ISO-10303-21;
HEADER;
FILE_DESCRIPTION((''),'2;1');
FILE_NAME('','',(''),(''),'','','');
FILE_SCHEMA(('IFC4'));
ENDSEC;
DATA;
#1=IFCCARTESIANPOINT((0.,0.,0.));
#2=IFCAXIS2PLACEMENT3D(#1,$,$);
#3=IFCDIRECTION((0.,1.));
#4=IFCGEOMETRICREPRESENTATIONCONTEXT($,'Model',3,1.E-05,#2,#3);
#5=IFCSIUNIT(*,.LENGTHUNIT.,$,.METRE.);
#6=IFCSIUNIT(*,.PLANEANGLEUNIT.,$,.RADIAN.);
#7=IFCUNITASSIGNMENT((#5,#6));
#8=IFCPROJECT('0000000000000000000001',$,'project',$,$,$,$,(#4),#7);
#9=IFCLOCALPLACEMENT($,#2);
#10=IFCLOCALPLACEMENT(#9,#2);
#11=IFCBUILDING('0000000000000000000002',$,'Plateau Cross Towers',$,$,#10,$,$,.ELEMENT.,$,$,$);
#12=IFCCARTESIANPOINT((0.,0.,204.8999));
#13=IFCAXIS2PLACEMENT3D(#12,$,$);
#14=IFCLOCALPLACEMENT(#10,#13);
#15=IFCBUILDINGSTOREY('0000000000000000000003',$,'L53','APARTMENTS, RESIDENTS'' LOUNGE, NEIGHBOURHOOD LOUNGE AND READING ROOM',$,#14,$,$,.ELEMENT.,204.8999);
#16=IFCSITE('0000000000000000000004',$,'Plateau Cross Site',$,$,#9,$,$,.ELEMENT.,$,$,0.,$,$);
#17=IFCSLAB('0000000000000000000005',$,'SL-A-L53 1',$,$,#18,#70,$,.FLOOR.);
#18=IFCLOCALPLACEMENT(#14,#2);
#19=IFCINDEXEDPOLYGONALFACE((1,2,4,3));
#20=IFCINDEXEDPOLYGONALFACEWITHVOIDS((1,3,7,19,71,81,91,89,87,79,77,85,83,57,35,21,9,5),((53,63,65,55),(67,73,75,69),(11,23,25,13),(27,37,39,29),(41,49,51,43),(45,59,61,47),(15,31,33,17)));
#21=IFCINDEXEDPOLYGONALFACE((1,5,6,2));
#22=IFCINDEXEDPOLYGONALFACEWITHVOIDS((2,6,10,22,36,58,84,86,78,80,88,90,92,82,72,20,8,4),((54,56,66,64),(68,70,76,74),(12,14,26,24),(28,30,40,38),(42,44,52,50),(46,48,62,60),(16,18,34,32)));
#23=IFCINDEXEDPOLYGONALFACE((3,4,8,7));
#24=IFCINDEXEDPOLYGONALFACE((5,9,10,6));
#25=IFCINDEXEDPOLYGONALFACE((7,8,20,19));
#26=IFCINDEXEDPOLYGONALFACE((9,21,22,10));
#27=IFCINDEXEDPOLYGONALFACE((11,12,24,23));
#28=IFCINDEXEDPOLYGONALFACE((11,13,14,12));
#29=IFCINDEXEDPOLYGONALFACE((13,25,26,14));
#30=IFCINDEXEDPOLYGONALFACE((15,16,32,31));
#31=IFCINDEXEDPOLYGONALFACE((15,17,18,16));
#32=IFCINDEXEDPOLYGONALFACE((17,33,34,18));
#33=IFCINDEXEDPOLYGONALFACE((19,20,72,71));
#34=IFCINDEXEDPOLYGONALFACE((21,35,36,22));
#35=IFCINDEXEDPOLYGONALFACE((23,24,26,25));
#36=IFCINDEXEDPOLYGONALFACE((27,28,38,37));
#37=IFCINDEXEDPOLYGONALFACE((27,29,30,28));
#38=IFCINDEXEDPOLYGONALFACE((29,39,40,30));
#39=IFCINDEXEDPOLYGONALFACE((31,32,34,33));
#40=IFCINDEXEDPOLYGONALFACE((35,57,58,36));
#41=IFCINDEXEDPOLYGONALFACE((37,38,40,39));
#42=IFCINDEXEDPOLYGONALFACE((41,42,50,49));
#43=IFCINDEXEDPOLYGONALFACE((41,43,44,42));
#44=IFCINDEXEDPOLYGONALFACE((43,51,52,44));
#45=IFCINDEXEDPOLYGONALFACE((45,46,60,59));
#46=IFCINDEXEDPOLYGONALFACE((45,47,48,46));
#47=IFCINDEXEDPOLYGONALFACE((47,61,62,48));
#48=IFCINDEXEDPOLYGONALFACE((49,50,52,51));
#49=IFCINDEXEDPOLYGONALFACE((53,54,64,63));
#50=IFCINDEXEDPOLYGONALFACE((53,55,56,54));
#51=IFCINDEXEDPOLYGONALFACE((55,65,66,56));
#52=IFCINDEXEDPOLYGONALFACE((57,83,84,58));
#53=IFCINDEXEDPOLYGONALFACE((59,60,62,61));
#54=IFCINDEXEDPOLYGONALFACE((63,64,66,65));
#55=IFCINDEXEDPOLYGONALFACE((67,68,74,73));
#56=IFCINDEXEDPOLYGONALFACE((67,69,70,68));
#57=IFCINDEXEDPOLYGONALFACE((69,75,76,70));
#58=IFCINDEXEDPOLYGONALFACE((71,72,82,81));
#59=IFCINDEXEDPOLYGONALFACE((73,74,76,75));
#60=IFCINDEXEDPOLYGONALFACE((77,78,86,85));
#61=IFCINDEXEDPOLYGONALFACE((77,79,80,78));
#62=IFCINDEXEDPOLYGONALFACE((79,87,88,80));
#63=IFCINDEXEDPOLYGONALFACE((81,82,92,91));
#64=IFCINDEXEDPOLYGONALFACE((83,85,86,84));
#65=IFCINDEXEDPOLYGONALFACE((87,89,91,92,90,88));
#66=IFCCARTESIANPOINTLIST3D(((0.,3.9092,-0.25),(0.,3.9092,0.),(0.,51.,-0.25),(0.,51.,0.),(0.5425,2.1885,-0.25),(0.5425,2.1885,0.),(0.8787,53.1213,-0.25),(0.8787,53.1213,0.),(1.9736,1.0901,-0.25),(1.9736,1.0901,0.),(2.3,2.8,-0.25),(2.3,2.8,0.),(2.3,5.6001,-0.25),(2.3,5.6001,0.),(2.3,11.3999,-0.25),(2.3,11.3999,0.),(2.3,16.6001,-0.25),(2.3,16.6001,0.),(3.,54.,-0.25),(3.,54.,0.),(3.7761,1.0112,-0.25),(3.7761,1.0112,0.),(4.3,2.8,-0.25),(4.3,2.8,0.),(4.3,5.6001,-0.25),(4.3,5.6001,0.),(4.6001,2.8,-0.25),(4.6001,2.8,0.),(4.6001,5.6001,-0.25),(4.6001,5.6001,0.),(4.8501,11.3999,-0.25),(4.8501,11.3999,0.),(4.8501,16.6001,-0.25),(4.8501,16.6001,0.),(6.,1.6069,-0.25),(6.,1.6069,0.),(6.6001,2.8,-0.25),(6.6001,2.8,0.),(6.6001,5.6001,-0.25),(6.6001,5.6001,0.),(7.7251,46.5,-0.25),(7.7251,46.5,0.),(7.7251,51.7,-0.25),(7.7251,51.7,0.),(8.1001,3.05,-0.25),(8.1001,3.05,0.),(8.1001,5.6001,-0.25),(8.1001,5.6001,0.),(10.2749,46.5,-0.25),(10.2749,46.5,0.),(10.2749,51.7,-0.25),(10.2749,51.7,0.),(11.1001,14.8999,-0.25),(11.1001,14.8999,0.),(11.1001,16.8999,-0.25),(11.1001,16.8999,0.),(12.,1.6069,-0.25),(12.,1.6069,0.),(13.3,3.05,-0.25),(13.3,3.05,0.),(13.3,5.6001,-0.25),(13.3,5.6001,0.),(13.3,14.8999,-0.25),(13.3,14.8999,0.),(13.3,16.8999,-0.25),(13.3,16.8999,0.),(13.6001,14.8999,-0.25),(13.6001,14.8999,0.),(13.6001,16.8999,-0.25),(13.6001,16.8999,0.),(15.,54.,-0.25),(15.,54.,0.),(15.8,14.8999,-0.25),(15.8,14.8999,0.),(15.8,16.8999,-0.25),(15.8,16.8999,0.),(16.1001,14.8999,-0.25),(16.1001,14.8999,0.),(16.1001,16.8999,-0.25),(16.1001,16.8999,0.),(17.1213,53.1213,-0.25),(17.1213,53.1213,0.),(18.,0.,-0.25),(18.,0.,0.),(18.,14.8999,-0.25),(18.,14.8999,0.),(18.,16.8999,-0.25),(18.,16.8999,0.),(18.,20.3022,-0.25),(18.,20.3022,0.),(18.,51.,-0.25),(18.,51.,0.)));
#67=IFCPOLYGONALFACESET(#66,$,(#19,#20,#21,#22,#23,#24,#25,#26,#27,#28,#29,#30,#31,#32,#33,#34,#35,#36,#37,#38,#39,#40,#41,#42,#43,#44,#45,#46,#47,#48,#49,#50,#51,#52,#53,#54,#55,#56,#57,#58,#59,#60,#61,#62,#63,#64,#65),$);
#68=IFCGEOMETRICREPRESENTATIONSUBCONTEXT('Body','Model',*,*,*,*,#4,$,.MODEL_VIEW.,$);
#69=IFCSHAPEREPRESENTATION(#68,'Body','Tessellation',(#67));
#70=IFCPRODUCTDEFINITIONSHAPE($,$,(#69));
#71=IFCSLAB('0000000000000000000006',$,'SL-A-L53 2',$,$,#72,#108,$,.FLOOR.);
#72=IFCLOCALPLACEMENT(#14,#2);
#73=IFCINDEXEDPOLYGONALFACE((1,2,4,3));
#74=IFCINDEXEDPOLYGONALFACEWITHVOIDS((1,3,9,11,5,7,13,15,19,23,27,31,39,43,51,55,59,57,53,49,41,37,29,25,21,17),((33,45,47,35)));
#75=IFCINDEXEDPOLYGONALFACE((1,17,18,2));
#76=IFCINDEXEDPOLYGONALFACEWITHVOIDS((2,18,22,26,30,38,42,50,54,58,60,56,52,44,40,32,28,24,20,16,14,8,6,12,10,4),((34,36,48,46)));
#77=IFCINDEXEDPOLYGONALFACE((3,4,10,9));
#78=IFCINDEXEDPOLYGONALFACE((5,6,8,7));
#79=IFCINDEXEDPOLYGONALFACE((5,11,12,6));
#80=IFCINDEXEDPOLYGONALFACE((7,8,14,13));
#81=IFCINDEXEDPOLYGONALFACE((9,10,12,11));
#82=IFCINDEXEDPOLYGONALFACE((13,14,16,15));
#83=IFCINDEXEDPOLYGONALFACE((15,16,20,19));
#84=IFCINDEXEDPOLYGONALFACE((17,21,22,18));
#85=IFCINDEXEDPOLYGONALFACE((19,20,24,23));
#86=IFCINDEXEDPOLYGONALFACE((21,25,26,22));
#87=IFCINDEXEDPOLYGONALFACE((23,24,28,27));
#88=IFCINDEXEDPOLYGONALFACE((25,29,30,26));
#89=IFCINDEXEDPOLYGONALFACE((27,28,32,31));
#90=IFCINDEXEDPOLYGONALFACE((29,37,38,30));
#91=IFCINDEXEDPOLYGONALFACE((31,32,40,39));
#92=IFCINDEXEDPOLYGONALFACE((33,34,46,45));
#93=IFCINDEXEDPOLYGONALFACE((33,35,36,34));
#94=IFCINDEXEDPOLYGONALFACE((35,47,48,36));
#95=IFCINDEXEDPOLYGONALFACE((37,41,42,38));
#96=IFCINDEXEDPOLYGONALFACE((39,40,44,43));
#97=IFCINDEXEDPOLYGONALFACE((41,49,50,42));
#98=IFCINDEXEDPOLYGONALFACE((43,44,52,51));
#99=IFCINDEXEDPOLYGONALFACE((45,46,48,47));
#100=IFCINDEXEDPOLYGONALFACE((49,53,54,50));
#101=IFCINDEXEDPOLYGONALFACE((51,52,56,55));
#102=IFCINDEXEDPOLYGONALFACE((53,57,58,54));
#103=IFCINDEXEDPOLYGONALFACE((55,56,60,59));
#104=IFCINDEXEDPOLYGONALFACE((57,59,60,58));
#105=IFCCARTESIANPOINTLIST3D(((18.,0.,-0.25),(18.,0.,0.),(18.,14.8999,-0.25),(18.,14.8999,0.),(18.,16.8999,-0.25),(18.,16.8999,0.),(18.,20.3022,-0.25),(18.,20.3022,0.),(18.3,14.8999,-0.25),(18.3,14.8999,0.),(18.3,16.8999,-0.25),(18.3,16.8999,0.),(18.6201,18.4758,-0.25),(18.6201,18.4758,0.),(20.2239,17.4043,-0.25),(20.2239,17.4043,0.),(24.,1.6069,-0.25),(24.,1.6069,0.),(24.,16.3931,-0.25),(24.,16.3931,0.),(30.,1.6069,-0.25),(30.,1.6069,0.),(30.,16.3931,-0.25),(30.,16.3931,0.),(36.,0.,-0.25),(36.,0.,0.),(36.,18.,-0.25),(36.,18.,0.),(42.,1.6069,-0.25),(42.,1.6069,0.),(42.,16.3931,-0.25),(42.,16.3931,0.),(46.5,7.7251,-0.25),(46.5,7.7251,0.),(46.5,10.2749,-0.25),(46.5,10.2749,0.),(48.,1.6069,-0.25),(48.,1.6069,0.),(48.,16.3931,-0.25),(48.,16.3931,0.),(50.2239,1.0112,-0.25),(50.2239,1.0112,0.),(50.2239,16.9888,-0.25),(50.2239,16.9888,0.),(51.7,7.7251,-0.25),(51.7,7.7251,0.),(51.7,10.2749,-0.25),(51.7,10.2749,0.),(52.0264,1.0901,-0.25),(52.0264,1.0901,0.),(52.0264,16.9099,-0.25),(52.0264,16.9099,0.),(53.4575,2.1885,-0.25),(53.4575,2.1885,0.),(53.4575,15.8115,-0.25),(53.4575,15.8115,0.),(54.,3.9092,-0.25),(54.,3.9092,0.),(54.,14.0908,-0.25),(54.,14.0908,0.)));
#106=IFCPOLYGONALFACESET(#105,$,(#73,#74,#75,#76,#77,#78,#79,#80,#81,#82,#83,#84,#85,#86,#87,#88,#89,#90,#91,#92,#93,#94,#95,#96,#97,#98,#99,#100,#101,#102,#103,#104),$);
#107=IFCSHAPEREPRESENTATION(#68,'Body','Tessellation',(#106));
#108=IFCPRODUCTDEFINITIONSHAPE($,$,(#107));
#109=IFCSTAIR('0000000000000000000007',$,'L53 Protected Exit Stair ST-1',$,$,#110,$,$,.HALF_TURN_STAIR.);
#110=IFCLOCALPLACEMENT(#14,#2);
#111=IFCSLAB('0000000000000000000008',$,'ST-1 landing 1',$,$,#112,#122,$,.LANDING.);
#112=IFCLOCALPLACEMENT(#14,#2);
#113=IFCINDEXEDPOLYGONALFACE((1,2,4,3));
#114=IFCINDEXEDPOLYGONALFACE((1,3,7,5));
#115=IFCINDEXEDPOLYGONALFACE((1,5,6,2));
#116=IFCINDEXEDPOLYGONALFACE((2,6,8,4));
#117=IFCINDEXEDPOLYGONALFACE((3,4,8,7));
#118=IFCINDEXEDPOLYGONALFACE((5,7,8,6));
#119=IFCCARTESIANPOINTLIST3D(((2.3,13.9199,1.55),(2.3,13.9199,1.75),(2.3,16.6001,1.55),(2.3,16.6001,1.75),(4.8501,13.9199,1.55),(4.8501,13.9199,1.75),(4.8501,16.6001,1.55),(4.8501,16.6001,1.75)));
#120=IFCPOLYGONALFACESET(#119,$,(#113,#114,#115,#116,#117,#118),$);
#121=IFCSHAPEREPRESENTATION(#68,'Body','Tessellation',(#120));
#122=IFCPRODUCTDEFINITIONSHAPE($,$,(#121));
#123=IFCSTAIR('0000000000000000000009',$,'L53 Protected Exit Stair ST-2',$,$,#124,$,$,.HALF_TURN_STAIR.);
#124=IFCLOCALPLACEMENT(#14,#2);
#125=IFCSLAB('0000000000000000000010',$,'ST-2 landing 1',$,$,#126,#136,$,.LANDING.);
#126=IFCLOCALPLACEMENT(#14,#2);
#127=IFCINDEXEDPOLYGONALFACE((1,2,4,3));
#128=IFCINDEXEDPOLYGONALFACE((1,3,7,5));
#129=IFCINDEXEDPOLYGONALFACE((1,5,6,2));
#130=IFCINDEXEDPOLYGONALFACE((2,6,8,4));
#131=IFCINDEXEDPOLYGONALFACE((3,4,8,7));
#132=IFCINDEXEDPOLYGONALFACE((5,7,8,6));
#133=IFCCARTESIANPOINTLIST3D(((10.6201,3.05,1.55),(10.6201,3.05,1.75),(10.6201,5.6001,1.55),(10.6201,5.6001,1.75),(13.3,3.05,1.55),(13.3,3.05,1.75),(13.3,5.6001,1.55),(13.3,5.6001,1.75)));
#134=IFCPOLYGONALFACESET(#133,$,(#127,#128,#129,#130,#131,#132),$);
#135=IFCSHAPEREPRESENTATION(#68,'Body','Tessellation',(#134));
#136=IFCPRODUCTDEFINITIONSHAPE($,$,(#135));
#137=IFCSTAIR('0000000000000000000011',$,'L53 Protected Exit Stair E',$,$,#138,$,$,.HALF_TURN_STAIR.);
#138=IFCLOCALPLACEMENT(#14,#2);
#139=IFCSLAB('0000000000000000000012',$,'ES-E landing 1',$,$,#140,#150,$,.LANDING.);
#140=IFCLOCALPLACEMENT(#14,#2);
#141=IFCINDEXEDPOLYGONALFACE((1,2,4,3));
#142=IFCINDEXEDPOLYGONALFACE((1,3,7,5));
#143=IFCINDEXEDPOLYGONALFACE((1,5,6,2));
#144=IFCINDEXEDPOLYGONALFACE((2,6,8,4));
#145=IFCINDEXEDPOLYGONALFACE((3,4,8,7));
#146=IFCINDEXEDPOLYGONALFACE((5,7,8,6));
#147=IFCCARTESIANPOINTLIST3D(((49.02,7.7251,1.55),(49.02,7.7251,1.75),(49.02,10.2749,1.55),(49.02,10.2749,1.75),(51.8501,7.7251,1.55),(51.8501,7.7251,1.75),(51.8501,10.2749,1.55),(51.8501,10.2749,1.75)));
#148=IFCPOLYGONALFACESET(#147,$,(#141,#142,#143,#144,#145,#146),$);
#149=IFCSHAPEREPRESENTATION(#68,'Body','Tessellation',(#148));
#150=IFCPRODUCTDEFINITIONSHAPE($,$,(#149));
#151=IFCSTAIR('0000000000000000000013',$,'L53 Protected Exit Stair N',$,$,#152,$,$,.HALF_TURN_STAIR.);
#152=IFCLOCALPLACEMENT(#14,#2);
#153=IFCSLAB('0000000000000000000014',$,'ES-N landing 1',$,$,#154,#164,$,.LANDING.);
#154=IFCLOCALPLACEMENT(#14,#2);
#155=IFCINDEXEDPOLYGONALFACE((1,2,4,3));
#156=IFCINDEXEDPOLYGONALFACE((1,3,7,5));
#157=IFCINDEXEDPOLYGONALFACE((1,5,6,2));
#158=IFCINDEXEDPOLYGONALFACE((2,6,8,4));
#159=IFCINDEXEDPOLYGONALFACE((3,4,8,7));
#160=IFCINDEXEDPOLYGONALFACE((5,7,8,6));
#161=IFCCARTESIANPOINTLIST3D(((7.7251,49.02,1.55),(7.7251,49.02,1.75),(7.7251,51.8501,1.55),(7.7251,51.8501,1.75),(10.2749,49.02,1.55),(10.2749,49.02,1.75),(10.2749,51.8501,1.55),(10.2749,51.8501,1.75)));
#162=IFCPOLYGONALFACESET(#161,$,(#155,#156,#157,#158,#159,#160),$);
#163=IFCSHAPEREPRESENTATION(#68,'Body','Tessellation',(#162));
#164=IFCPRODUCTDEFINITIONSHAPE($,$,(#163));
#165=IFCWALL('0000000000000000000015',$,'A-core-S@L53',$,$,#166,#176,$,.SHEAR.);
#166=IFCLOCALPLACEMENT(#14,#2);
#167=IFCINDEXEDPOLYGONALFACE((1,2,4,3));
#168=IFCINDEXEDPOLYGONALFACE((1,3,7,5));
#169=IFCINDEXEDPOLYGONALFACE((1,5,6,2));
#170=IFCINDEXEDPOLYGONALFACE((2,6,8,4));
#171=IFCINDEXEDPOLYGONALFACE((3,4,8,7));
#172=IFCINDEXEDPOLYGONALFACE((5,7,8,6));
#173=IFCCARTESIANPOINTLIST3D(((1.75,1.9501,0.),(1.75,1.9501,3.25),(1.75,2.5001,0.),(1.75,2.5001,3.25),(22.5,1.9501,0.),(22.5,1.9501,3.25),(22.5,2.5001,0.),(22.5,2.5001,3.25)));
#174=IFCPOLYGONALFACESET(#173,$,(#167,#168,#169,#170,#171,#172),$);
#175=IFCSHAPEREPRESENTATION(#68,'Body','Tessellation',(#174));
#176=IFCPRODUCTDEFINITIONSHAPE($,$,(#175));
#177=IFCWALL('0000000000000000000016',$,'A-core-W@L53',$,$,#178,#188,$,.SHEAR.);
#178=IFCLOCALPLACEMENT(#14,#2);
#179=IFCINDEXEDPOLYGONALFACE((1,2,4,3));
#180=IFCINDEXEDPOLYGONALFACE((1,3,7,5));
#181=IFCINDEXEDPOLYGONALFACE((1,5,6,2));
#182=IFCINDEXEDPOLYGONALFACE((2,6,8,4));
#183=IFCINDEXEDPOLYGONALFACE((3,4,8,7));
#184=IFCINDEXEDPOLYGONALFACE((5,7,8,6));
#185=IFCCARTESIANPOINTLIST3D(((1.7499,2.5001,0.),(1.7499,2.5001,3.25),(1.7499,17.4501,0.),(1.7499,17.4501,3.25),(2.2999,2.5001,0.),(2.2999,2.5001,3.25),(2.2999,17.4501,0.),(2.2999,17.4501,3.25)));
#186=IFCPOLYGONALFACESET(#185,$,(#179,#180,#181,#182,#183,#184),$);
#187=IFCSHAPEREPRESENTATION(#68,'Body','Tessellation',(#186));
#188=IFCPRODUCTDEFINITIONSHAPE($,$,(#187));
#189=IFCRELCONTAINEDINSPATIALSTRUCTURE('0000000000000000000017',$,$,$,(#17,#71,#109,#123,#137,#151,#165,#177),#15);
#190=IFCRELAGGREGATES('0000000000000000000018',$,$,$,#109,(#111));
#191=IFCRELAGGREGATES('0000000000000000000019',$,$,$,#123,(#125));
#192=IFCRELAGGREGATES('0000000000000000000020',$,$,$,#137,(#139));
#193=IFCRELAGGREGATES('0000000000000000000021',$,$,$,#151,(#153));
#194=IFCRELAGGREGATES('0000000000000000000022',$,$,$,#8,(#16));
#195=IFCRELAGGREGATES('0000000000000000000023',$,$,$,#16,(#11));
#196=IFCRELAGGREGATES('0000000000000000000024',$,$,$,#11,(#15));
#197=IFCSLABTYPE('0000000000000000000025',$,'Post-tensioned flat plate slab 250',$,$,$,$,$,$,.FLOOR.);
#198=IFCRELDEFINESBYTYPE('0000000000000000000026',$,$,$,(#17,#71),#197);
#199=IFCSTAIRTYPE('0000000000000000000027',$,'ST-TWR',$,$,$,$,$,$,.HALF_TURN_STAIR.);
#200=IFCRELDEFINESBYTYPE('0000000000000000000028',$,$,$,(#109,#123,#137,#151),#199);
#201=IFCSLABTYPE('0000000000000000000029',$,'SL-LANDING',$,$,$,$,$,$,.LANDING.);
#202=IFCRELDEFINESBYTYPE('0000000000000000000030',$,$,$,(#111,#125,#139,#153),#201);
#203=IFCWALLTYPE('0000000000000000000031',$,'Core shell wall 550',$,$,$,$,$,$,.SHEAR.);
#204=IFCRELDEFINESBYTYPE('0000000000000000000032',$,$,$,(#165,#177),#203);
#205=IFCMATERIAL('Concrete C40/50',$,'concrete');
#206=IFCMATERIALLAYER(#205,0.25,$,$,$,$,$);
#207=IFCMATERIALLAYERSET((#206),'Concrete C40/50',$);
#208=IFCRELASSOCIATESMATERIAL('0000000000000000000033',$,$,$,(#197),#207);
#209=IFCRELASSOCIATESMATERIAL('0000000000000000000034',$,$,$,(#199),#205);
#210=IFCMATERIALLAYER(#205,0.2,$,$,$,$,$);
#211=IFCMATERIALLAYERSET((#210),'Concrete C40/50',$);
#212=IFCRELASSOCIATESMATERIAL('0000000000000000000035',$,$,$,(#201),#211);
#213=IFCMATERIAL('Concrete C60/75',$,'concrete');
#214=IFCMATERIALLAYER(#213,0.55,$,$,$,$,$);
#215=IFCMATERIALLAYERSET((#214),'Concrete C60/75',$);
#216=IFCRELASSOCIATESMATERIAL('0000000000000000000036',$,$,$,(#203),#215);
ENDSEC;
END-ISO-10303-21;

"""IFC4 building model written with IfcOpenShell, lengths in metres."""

from ifc_helpers import new_model, si_unit, direction, frame, frame_2d, origin, place, context, subcontext, project, spatial, polyline, rectangle, outline, extrude, material, layer, layer_set, type_object, element, aggregate, save


model = new_model("IFC4")

# Units and contexts
model_context = context("Model", 3, precision=1e-05, world=origin(), true_north=direction((0.0, 1.0)))
body_context = subcontext(model_context, "Body", "Model", "MODEL_VIEW")
ifc_project = project(units=[si_unit("LENGTHUNIT", "METRE"), si_unit("PLANEANGLEUNIT", "RADIAN")], contexts=[model_context])

# Site, building, storey
site_placement = place(None, origin())
site = spatial("IfcSite", under=ifc_project, at=site_placement, Name="Plateau Cross Site", CompositionType="ELEMENT", RefElevation=0.0)
building_placement = place(site_placement, origin())
building = spatial("IfcBuilding", under=site, at=building_placement, Name="Plateau Cross Towers", CompositionType="ELEMENT")
storey_placement = place(building_placement, frame((0.0, 0.0, 204.8999)))
storey = spatial("IfcBuildingStorey", under=building, at=storey_placement, Name="L53", Description="APARTMENTS, RESIDENTS' LOUNGE, NEIGHBOURHOOD LOUNGE AND READING ROOM", CompositionType="ELEMENT", Elevation=204.8999)

# Shared definitions
ifc_material_1 = material(Name="Concrete C60/75", Category="concrete")

# Shared definitions
ifc_material_2 = material(Name="Concrete C40/50", Category="concrete")

# Slabs
ifc_layer_1 = layer(ifc_material_2, 0.25)
ifc_layer_set_1 = layer_set([ifc_layer_1], Name="Concrete C40/50")
slab_type_1 = type_object("IfcSlabType", Name="Post-tensioned flat plate slab 250", PredefinedType="FLOOR", material=ifc_layer_set_1)
slab_1_placement = place(storey_placement, frame((0.0, 0.0, -0.25)))
element("IfcSlab", 1, at=slab_1_placement, inside=storey, type_object=slab_type_1, Name="SL-A-L53 1", PredefinedType="FLOOR", context=body_context, shape_type="SweptSolid", body=[
    extrude(outline(polyline([(0.5425, 2.1885), (0.0, 3.9092), (0.0, 51.0), (0.8787, 53.1213), (3.0, 54.0), (15.0, 54.0), (17.1213, 53.1213), (18.0, 51.0), (18.0, 20.3022), (18.0, 16.8999), (16.1001, 16.8999), (16.1001, 14.8999), (18.0, 14.8999), (18.0, 0.0), (12.0, 1.6069), (6.0, 1.6069), (3.7761, 1.0112), (1.9736, 1.0901), (0.5425, 2.1885)]), holes=[polyline([(2.3, 5.6001), (2.3, 2.8), (4.3, 2.8), (4.3, 5.6001), (2.3, 5.6001)]), polyline([(4.6001, 5.6001), (4.6001, 2.8), (6.6001, 2.8), (6.6001, 5.6001), (4.6001, 5.6001)]), polyline([(8.1001, 5.6001), (8.1001, 3.05), (13.3, 3.05), (13.3, 5.6001), (8.1001, 5.6001)]), polyline([(2.3, 11.3999), (4.8501, 11.3999), (4.8501, 16.6001), (2.3, 16.6001), (2.3, 11.3999)]), polyline([(11.1001, 16.8999), (11.1001, 14.8999), (13.3, 14.8999), (13.3, 16.8999), (11.1001, 16.8999)]), polyline([(13.6001, 16.8999), (13.6001, 14.8999), (15.8, 14.8999), (15.8, 16.8999), (13.6001, 16.8999)]), polyline([(7.7251, 51.7), (7.7251, 46.5), (10.2749, 46.5), (10.2749, 51.7), (7.7251, 51.7)])]), origin(), (0.0, 0.0, 1.0), 0.25),
])
slab_2_placement = place(storey_placement, frame((0.0, 0.0, -0.25)))
element("IfcSlab", 2, at=slab_2_placement, inside=storey, type_object=slab_type_1, Name="SL-A-L53 2", PredefinedType="FLOOR", context=body_context, shape_type="SweptSolid", body=[
    extrude(outline(polyline([(18.6201, 18.4758), (20.2239, 17.4043), (24.0, 16.3931), (30.0, 16.3931), (36.0, 18.0), (42.0, 16.3931), (48.0, 16.3931), (50.2239, 16.9888), (52.0264, 16.9099), (53.4575, 15.8115), (54.0, 14.0908), (54.0, 3.9092), (53.4575, 2.1885), (52.0264, 1.0901), (50.2239, 1.0112), (48.0, 1.6069), (42.0, 1.6069), (36.0, 0.0), (30.0, 1.6069), (24.0, 1.6069), (18.0, 0.0), (18.0, 14.8999), (18.3, 14.8999), (18.3, 16.8999), (18.0, 16.8999), (18.0, 20.3022), (18.6201, 18.4758)]), holes=[polyline([(46.5, 10.2749), (46.5, 7.7251), (51.7, 7.7251), (51.7, 10.2749), (46.5, 10.2749)])]), origin(), (0.0, 0.0, 1.0), 0.25),
])

# Stairs, slabs
stair_type = type_object("IfcStairType", Name="ST-TWR", PredefinedType="HALF_TURN_STAIR", material=ifc_material_2)
stair_1_placement = place(storey_placement, origin())
stair_1 = element("IfcStair", 3, at=stair_1_placement, inside=storey, type_object=stair_type, Name="L53 Protected Exit Stair ST-1", PredefinedType="HALF_TURN_STAIR")
ifc_layer_2 = layer(ifc_material_2, 0.2)
ifc_layer_set_2 = layer_set([ifc_layer_2], Name="Concrete C40/50")
slab_type_2 = type_object("IfcSlabType", Name="SL-LANDING", PredefinedType="LANDING", material=ifc_layer_set_2)
slab_3_placement = place(storey_placement, frame((0.0, 0.0, 1.55)))
slab_3 = element("IfcSlab", 4, at=slab_3_placement, type_object=slab_type_2, Name="ST-1 landing 1", PredefinedType="LANDING", context=body_context, shape_type="SweptSolid", body=[
    extrude(outline(polyline([(4.8501, 13.9199), (4.8501, 16.6001), (2.3, 16.6001), (2.3, 13.9199), (4.8501, 13.9199)])), origin(), (0.0, 0.0, 1.0), 0.2),
])
aggregate(stair_1, [slab_3])
stair_2_placement = place(storey_placement, origin())
stair_2 = element("IfcStair", 5, at=stair_2_placement, inside=storey, type_object=stair_type, Name="L53 Protected Exit Stair ST-2", PredefinedType="HALF_TURN_STAIR")
slab_4_placement = place(storey_placement, frame((0.0, 0.0, 1.55)))
slab_4 = element("IfcSlab", 6, at=slab_4_placement, type_object=slab_type_2, Name="ST-2 landing 1", PredefinedType="LANDING", context=body_context, shape_type="SweptSolid", body=[
    extrude(outline(polyline([(10.6201, 3.05), (13.3, 3.05), (13.3, 5.6001), (10.6201, 5.6001), (10.6201, 3.05)])), origin(), (0.0, 0.0, 1.0), 0.2),
])
aggregate(stair_2, [slab_4])
stair_3_placement = place(storey_placement, origin())
stair_3 = element("IfcStair", 7, at=stair_3_placement, inside=storey, type_object=stair_type, Name="L53 Protected Exit Stair E", PredefinedType="HALF_TURN_STAIR")
slab_5_placement = place(storey_placement, frame((0.0, 0.0, 1.55)))
slab_5 = element("IfcSlab", 8, at=slab_5_placement, type_object=slab_type_2, Name="ES-E landing 1", PredefinedType="LANDING", context=body_context, shape_type="SweptSolid", body=[
    extrude(outline(polyline([(49.02, 7.7251), (51.8501, 7.7251), (51.8501, 10.2749), (49.02, 10.2749), (49.02, 7.7251)])), origin(), (0.0, 0.0, 1.0), 0.2),
])
aggregate(stair_3, [slab_5])
stair_4_placement = place(storey_placement, origin())
stair_4 = element("IfcStair", 9, at=stair_4_placement, inside=storey, type_object=stair_type, Name="L53 Protected Exit Stair N", PredefinedType="HALF_TURN_STAIR")
slab_6_placement = place(storey_placement, frame((0.0, 0.0, 1.55)))
slab_6 = element("IfcSlab", 10, at=slab_6_placement, type_object=slab_type_2, Name="ES-N landing 1", PredefinedType="LANDING", context=body_context, shape_type="SweptSolid", body=[
    extrude(outline(polyline([(10.2749, 49.02), (10.2749, 51.8501), (7.7251, 51.8501), (7.7251, 49.02), (10.2749, 49.02)])), origin(), (0.0, 0.0, 1.0), 0.2),
])
aggregate(stair_4, [slab_6])

# Walls
ifc_layer_3 = layer(ifc_material_1, 0.55)
ifc_layer_set_3 = layer_set([ifc_layer_3], Name="Concrete C60/75")
wall_type = type_object("IfcWallType", Name="Core shell wall 550", PredefinedType="SHEAR", material=ifc_layer_set_3)
wall_1_placement = place(storey_placement, frame((1.75, 2.2251, 0.0), z_axis=(0.0, 0.0, 1.0), x_axis=(1.0, 0.0, 0.0)))
element("IfcWall", 11, at=wall_1_placement, inside=storey, type_object=wall_type, Name="A-core-S@L53", PredefinedType="SHEAR", context=body_context, shape_type="SweptSolid", body=[
    extrude(rectangle(XDim=20.75, YDim=0.55, at=frame_2d((10.375, 0.0))), origin(), (0.0, 0.0, 1.0), 3.25),
])
wall_2_placement = place(storey_placement, frame((2.0249, 2.5, 0.0), z_axis=(0.0, 0.0, 1.0), x_axis=(0.0, 1.0, 0.0)))
element("IfcWall", 12, at=wall_2_placement, inside=storey, type_object=wall_type, Name="A-core-W@L53", PredefinedType="SHEAR", context=body_context, shape_type="SweptSolid", body=[
    extrude(rectangle(XDim=14.95, YDim=0.55, at=frame_2d((7.4751, 0.0))), origin(), (0.0, 0.0, 1.0), 3.25),
])

save(model, "model.ifc")
